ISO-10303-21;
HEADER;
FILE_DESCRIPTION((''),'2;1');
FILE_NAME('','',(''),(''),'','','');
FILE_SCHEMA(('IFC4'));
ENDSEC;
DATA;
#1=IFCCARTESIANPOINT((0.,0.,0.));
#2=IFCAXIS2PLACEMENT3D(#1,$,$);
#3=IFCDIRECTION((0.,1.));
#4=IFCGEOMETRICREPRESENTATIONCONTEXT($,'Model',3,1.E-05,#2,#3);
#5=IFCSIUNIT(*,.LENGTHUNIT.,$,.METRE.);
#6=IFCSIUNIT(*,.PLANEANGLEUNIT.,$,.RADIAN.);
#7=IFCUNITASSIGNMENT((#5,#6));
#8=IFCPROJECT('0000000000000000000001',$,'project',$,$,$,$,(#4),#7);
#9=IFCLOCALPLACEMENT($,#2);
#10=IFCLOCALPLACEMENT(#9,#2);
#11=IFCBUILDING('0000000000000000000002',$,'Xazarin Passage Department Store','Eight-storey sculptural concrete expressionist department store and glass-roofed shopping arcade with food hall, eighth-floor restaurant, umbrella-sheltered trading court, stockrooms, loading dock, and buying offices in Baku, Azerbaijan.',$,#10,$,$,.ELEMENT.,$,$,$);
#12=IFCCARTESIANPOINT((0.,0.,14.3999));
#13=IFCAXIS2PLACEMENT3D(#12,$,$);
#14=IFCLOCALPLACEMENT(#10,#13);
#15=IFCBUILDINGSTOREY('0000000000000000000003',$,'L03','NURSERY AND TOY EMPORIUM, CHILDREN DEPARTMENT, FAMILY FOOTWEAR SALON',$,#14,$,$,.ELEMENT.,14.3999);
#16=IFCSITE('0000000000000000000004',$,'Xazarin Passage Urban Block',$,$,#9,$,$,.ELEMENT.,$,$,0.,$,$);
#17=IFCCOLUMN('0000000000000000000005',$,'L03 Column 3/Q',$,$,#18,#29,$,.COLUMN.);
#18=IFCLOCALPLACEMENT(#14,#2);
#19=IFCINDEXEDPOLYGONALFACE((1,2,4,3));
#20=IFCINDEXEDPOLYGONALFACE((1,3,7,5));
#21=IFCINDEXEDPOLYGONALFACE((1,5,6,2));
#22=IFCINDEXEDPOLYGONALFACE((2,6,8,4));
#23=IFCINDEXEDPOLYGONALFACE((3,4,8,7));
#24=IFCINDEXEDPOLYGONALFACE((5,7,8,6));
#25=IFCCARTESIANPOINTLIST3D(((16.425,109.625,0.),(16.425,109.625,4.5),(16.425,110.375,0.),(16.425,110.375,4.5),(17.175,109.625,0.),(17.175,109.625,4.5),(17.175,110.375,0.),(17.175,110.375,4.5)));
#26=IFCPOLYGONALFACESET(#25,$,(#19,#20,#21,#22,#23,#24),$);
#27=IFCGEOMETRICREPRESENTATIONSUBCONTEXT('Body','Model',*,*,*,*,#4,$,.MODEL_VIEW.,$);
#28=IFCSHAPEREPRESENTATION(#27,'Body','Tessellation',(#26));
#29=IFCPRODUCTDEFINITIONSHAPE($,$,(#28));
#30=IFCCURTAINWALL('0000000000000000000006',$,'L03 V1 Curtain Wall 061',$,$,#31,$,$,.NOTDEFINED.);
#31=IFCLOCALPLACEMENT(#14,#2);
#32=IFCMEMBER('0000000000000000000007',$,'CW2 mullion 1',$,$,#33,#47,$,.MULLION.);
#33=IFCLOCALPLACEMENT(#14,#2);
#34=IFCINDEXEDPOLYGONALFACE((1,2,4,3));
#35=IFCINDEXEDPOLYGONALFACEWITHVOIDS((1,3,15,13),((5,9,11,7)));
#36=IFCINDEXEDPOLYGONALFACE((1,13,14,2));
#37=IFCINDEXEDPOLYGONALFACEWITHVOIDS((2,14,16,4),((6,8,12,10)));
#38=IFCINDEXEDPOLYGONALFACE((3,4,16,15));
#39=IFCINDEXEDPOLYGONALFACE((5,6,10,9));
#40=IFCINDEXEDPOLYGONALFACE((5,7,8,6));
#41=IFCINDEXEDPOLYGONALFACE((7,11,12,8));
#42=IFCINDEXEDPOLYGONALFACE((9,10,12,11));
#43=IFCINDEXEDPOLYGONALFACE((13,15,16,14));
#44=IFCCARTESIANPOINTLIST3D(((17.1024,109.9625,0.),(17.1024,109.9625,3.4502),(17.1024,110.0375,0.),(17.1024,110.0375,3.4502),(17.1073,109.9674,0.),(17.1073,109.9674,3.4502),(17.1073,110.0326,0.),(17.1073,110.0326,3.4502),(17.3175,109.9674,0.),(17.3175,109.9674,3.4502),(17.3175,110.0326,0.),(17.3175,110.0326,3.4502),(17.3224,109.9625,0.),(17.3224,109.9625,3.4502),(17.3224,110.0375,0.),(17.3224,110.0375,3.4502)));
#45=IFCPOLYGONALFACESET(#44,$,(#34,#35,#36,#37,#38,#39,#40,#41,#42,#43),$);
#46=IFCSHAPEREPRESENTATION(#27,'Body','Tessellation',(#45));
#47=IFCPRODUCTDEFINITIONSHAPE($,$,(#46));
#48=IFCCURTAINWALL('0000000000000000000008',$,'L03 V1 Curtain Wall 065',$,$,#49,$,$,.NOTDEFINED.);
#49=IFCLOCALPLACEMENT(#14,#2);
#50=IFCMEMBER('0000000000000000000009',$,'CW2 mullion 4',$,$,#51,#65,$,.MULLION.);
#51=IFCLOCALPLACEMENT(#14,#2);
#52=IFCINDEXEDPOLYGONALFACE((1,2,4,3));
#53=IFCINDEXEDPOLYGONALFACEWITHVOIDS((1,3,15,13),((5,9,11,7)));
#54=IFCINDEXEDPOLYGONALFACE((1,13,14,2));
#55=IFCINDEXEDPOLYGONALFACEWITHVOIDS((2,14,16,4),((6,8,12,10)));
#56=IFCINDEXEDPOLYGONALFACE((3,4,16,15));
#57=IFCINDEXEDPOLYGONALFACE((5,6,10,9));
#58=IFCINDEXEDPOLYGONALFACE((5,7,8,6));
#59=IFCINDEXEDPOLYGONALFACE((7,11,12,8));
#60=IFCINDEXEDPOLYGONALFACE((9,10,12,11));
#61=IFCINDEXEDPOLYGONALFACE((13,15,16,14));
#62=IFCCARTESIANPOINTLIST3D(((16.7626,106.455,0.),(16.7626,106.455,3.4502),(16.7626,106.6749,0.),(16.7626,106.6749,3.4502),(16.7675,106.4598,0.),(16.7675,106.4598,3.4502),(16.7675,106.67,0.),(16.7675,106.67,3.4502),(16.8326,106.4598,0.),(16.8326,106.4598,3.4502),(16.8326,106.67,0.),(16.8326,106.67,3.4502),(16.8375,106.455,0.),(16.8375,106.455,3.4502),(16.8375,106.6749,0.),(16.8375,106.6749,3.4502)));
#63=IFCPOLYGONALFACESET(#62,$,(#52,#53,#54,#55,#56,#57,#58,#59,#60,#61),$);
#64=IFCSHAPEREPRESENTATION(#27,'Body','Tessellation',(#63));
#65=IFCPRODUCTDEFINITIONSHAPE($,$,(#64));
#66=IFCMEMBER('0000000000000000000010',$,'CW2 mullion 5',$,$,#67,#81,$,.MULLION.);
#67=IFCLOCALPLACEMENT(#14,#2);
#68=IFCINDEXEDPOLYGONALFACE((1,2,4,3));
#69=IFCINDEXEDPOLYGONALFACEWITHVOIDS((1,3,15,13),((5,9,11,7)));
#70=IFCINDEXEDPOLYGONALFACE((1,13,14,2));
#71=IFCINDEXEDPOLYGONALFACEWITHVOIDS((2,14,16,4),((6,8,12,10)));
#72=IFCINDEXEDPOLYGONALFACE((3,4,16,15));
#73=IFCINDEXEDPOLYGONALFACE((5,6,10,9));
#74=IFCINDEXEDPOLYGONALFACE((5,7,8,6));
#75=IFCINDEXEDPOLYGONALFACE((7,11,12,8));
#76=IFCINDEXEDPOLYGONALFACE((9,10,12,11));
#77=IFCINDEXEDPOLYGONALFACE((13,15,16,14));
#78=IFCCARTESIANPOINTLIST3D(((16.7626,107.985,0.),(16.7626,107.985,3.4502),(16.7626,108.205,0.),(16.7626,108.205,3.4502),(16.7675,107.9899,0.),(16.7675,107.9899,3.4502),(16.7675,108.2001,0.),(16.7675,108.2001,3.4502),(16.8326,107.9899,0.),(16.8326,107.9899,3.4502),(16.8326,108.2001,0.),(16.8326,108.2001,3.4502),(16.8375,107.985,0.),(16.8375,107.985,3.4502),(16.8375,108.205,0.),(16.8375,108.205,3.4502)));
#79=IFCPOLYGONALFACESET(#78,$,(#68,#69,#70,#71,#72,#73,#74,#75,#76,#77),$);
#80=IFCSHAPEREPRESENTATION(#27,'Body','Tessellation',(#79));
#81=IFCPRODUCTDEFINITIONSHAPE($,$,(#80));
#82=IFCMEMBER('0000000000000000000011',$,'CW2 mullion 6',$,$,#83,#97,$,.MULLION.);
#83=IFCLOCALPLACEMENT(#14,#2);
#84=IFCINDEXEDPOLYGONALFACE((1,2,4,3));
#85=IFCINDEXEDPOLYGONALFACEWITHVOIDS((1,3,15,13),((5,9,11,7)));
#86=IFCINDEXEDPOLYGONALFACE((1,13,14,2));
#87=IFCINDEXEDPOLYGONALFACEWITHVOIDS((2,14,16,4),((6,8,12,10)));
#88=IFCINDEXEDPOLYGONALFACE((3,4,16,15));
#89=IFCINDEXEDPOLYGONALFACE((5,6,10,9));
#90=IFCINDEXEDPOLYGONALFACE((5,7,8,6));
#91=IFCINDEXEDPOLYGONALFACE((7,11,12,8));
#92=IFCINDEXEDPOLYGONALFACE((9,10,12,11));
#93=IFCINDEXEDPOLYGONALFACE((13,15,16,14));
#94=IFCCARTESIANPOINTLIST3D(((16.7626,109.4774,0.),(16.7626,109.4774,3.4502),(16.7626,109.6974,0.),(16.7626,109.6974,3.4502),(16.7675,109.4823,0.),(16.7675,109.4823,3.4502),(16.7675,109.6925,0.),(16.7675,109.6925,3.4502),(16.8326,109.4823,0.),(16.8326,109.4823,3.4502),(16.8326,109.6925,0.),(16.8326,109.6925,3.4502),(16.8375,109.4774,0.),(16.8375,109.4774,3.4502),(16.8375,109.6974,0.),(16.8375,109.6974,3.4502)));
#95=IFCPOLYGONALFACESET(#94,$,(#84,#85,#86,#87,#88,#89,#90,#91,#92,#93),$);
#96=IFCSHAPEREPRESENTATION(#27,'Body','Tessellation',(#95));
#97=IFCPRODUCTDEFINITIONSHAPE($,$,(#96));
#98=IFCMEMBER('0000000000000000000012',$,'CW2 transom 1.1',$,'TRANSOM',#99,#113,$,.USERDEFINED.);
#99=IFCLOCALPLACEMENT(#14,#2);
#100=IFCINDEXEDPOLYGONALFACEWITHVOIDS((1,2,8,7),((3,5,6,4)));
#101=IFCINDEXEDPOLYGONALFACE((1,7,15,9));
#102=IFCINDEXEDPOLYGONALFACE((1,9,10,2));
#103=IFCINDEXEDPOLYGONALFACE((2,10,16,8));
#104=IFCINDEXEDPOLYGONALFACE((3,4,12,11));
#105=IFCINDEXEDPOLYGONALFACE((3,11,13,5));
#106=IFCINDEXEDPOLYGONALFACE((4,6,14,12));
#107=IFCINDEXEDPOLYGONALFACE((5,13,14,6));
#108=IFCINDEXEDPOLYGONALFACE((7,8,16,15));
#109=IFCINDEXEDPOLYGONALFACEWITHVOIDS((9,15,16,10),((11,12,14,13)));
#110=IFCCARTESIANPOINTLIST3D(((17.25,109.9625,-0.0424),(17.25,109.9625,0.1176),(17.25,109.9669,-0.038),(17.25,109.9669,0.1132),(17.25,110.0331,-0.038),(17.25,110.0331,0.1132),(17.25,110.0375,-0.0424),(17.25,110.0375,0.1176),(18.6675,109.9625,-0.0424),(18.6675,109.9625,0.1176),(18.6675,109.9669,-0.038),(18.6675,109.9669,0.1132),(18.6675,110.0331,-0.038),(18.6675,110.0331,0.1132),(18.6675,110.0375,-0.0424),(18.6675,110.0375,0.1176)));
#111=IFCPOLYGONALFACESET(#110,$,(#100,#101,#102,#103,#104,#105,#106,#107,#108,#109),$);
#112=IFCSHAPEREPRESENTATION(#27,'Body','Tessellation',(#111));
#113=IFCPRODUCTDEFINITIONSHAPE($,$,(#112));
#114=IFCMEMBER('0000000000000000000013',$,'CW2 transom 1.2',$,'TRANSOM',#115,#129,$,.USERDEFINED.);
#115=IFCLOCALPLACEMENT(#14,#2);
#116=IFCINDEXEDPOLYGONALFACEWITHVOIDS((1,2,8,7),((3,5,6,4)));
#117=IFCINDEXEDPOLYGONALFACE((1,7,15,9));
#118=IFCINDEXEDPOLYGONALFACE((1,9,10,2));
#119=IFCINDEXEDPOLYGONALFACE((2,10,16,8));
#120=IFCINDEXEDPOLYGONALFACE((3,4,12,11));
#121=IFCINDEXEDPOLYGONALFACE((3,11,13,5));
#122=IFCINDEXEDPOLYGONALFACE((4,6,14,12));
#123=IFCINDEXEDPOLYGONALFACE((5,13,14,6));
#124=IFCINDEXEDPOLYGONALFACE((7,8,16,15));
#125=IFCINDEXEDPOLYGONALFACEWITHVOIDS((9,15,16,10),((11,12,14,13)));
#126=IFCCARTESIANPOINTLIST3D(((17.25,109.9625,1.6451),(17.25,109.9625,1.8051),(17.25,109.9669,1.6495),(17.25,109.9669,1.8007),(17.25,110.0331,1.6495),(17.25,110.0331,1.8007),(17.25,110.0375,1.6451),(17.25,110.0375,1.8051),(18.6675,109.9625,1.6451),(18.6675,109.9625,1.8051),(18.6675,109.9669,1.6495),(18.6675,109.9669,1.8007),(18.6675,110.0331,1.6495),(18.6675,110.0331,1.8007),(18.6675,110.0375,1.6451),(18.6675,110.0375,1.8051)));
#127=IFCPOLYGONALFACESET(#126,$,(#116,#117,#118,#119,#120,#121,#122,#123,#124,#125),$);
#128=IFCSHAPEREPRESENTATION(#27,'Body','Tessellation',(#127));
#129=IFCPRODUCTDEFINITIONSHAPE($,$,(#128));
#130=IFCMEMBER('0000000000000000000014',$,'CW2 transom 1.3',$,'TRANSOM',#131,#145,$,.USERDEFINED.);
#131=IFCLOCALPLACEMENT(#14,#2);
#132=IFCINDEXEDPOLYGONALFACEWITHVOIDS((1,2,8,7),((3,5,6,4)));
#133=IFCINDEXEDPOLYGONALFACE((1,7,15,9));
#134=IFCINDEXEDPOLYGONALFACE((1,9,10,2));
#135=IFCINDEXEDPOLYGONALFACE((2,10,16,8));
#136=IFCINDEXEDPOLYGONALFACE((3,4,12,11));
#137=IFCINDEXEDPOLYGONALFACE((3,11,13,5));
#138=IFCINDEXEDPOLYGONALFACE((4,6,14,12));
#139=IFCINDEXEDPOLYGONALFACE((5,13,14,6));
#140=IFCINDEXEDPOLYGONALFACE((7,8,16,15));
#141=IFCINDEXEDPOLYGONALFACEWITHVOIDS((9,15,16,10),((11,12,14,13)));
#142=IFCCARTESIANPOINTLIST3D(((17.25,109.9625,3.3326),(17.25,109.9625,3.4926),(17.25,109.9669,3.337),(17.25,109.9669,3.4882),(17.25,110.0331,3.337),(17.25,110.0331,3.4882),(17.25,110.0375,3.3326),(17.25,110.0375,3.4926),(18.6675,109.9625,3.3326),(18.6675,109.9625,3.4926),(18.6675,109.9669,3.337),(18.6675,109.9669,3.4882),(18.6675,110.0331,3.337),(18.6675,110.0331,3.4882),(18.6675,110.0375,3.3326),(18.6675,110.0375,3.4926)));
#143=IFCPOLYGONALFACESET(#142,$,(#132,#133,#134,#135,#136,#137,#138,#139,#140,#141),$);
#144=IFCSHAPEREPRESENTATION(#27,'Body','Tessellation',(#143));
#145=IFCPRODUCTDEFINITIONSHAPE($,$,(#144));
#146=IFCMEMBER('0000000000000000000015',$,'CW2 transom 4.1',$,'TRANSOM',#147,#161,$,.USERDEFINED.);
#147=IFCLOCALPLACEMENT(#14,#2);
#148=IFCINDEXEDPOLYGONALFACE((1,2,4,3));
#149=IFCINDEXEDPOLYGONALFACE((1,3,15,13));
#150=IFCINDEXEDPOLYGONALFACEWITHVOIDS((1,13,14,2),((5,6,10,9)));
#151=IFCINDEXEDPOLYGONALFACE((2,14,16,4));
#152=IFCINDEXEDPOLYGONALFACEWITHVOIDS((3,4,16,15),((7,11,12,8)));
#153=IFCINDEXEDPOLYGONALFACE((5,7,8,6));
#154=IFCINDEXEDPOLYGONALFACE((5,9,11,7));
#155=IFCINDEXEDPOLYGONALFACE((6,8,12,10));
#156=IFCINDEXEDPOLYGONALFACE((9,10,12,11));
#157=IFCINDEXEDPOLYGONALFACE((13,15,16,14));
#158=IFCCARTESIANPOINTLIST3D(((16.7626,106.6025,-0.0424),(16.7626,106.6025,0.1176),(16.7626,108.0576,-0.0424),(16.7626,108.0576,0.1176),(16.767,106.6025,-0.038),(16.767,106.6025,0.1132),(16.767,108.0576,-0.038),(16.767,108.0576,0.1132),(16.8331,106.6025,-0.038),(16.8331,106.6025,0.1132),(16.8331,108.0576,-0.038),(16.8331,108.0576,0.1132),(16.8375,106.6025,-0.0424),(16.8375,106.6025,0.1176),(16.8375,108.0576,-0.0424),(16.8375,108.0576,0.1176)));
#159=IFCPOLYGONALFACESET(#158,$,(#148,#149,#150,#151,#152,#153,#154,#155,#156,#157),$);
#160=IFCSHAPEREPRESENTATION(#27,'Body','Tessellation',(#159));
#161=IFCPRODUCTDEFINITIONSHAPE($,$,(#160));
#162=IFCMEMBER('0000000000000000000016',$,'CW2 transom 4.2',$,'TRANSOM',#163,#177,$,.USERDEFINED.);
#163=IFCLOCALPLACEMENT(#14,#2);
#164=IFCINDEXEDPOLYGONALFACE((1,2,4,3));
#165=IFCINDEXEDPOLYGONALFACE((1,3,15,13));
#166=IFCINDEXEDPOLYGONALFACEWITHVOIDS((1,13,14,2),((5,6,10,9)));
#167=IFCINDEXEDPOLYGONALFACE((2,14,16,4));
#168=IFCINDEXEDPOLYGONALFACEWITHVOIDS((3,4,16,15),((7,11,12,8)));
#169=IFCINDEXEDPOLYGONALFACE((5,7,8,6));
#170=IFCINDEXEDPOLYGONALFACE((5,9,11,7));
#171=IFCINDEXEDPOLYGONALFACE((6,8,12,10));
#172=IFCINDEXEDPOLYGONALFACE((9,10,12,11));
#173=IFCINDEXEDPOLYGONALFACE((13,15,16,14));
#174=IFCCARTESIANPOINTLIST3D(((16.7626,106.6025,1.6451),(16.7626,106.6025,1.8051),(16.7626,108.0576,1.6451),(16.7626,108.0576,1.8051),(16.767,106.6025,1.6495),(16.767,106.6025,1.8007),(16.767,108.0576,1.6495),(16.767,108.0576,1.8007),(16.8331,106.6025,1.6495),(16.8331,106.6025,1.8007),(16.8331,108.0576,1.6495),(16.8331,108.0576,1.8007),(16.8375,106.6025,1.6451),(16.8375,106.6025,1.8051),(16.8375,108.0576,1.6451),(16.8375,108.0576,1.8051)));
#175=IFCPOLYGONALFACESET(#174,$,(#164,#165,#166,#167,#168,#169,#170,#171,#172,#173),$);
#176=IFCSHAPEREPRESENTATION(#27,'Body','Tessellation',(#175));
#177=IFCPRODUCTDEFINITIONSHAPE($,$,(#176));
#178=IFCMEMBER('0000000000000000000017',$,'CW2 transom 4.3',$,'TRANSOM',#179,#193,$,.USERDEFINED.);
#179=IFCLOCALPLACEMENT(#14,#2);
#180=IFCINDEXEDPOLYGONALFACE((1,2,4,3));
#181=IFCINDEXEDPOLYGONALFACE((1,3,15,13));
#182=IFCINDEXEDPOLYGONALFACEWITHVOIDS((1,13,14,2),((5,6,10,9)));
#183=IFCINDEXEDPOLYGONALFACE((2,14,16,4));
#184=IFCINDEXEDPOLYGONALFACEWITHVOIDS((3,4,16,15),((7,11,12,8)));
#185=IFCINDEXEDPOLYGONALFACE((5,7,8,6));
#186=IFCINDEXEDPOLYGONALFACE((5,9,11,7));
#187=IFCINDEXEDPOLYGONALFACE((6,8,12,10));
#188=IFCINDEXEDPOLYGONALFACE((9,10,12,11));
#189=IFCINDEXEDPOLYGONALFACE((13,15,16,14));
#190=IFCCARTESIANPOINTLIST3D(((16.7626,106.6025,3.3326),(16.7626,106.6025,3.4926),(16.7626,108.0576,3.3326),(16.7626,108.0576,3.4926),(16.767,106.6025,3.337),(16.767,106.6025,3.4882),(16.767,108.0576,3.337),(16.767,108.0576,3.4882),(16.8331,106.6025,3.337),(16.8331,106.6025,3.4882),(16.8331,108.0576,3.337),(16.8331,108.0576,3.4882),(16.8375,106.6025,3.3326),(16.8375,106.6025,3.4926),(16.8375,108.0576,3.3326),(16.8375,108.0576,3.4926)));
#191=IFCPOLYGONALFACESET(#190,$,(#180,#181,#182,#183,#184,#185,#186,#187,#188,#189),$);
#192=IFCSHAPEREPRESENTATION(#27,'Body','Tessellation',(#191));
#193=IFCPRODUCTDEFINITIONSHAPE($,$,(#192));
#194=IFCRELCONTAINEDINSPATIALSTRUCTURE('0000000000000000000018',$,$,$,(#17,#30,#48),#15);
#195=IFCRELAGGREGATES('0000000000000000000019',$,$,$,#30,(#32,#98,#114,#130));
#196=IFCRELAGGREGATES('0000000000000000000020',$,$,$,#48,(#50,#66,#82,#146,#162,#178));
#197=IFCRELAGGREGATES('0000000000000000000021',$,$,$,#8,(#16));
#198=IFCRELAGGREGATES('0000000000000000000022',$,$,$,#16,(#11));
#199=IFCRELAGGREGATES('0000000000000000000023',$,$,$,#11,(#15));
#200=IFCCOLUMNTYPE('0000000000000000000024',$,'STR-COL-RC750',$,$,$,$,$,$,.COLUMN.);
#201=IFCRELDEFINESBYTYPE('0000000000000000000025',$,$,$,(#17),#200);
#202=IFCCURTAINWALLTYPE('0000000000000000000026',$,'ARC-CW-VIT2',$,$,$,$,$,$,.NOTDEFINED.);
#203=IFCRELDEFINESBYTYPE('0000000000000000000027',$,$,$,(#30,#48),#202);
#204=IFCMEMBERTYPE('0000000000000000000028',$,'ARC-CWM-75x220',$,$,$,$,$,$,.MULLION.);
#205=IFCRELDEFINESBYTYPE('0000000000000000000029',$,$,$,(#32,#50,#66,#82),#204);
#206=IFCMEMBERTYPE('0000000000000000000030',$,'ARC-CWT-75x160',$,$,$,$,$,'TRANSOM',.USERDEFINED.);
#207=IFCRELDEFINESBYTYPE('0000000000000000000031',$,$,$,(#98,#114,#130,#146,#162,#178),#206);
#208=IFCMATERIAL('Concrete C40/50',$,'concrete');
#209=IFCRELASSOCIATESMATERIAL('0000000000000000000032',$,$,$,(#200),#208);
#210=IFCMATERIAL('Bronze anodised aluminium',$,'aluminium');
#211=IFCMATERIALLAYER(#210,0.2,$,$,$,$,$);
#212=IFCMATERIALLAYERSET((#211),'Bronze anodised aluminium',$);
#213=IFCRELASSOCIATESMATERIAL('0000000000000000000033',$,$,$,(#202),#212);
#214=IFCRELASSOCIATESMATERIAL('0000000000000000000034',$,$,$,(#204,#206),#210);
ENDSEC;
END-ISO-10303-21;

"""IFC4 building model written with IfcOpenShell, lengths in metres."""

from ifc_helpers import new_model, si_unit, direction, frame, origin, origin_2d, place, context, subcontext, project, spatial, rectangle, hollow_rectangle, extrude, material, layer, layer_set, material_profile, profile_set, type_object, element, aggregate, save


model = new_model("IFC4")

# Units and contexts
model_context = context("Model", 3, precision=1e-05, world=origin(), true_north=direction((0.0, 1.0)))
body_context = subcontext(model_context, "Body", "Model", "MODEL_VIEW")
ifc_project = project(units=[si_unit("LENGTHUNIT", "METRE"), si_unit("PLANEANGLEUNIT", "RADIAN")], contexts=[model_context])

# Site, building, storey
site_placement = place(None, origin())
site = spatial("IfcSite", under=ifc_project, at=site_placement, Name="Xazarin Passage Urban Block", CompositionType="ELEMENT", RefElevation=0.0)
building_placement = place(site_placement, origin())
building = spatial("IfcBuilding", under=site, at=building_placement, Name="Xazarin Passage Department Store", Description="Eight-storey sculptural concrete expressionist department store and glass-roofed shopping arcade with food hall, eighth-floor restaurant, umbrella-sheltered trading court, stockrooms, loading dock, and buying offices in Baku, Azerbaijan.", CompositionType="ELEMENT")
storey_placement = place(building_placement, frame((0.0, 0.0, 14.3999)))
storey = spatial("IfcBuildingStorey", under=building, at=storey_placement, Name="L03", Description="NURSERY AND TOY EMPORIUM, CHILDREN DEPARTMENT, FAMILY FOOTWEAR SALON", CompositionType="ELEMENT", Elevation=14.3999)

# Column
ifc_material_1 = material(Name="Concrete C40/50", Category="concrete")
ifc_material_profile_1 = material_profile(ifc_material_1, rectangle(XDim=0.75, YDim=0.75, at=origin_2d()), Name="RC 750x750")
ifc_profile_set_1 = profile_set([ifc_material_profile_1], Name="Concrete C40/50")
column_type = type_object("IfcColumnType", Name="STR-COL-RC750", PredefinedType="COLUMN", material=ifc_profile_set_1)
column_placement = place(storey_placement, frame((16.8, 110.0, 0.0), z_axis=(0.0, 0.0, 1.0), x_axis=(1.0, 0.0, 0.0)))
element("IfcColumn", 1, at=column_placement, inside=storey, type_object=column_type, Name="L03 Column 3/Q", PredefinedType="COLUMN", context=body_context, shape_type="SweptSolid", body=[
    extrude(rectangle(XDim=0.75, YDim=0.75, at=origin_2d()), origin(), (0.0, 0.0, 1.0), 4.5),
])

# Curtain wall, member
ifc_material_2 = material(Name="Bronze anodised aluminium", Category="aluminium")
ifc_layer_1 = layer(ifc_material_2, 0.2)
ifc_layer_set_1 = layer_set([ifc_layer_1], Name="Bronze anodised aluminium")
curtain_wall_type = type_object("IfcCurtainWallType", Name="ARC-CW-VIT2", PredefinedType="NOTDEFINED", material=ifc_layer_set_1)
curtain_wall_1_placement = place(storey_placement, origin())
curtain_wall_1 = element("IfcCurtainWall", 2, at=curtain_wall_1_placement, inside=storey, type_object=curtain_wall_type, Name="L03 V1 Curtain Wall 061", PredefinedType="NOTDEFINED")
ifc_material_profile_2 = material_profile(ifc_material_2, hollow_rectangle(XDim=0.075, YDim=0.22, WallThickness=0.0049, at=origin_2d()), Name="ALU 75x220")
ifc_profile_set_2 = profile_set([ifc_material_profile_2], Name="Bronze anodised aluminium")
member_type_1 = type_object("IfcMemberType", Name="ARC-CWM-75x220", PredefinedType="MULLION", material=ifc_profile_set_2)
member_1_placement = place(storey_placement, frame((17.2124, 110.0, 0.0), z_axis=(0.0, 0.0, 1.0), x_axis=(0.0, 1.0, 0.0)))
member_1 = element("IfcMember", 3, at=member_1_placement, type_object=member_type_1, Name="CW2 mullion 1", PredefinedType="MULLION", context=body_context, shape_type="SweptSolid", body=[
    extrude(hollow_rectangle(XDim=0.075, YDim=0.22, WallThickness=0.0049, at=origin_2d()), origin(), (0.0, 0.0, 1.0), 3.4502),
])

# Curtain wall, members
curtain_wall_2_placement = place(storey_placement, origin())
curtain_wall_2 = element("IfcCurtainWall", 4, at=curtain_wall_2_placement, inside=storey, type_object=curtain_wall_type, Name="L03 V1 Curtain Wall 065", PredefinedType="NOTDEFINED")
member_2_placement = place(storey_placement, frame((16.8, 106.5649, 0.0), z_axis=(0.0, 0.0, 1.0), x_axis=(-1.0, 0.0, 0.0)))
member_2 = element("IfcMember", 5, at=member_2_placement, type_object=member_type_1, Name="CW2 mullion 4", PredefinedType="MULLION", context=body_context, shape_type="SweptSolid", body=[
    extrude(hollow_rectangle(XDim=0.075, YDim=0.22, WallThickness=0.0049, at=origin_2d()), origin(), (0.0, 0.0, 1.0), 3.4502),
])
member_3_placement = place(storey_placement, frame((16.8, 108.095, 0.0), z_axis=(0.0, 0.0, 1.0), x_axis=(-1.0, 0.0, 0.0)))
member_3 = element("IfcMember", 6, at=member_3_placement, type_object=member_type_1, Name="CW2 mullion 5", PredefinedType="MULLION", context=body_context, shape_type="SweptSolid", body=[
    extrude(hollow_rectangle(XDim=0.075, YDim=0.22, WallThickness=0.0049, at=origin_2d()), origin(), (0.0, 0.0, 1.0), 3.4502),
])
member_4_placement = place(storey_placement, frame((16.8, 109.5874, 0.0), z_axis=(0.0, 0.0, 1.0), x_axis=(-1.0, 0.0, 0.0)))
member_4 = element("IfcMember", 7, at=member_4_placement, type_object=member_type_1, Name="CW2 mullion 6", PredefinedType="MULLION", context=body_context, shape_type="SweptSolid", body=[
    extrude(hollow_rectangle(XDim=0.075, YDim=0.22, WallThickness=0.0049, at=origin_2d()), origin(), (0.0, 0.0, 1.0), 3.4502),
])

# Members
ifc_material_profile_3 = material_profile(ifc_material_2, hollow_rectangle(XDim=0.075, YDim=0.1599, WallThickness=0.0044, at=origin_2d()), Name="ALU 75x160")
ifc_profile_set_3 = profile_set([ifc_material_profile_3], Name="Bronze anodised aluminium")
member_type_2 = type_object("IfcMemberType", Name="ARC-CWT-75x160", ElementType="TRANSOM", PredefinedType="USERDEFINED", material=ifc_profile_set_3)
member_5_placement = place(storey_placement, frame((17.25, 110.0, 0.0376), z_axis=(1.0, 0.0, 0.0), x_axis=(0.0, 1.0, 0.0)))
member_5 = element("IfcMember", 8, at=member_5_placement, type_object=member_type_2, Name="CW2 transom 1.1", ObjectType="TRANSOM", PredefinedType="USERDEFINED", context=body_context, shape_type="SweptSolid", body=[
    extrude(hollow_rectangle(XDim=0.075, YDim=0.1599, WallThickness=0.0044, at=origin_2d()), origin(), (0.0, 0.0, 1.0), 1.4175),
])
member_6_placement = place(storey_placement, frame((17.25, 110.0, 1.7251), z_axis=(1.0, 0.0, 0.0), x_axis=(0.0, 1.0, 0.0)))
member_6 = element("IfcMember", 9, at=member_6_placement, type_object=member_type_2, Name="CW2 transom 1.2", ObjectType="TRANSOM", PredefinedType="USERDEFINED", context=body_context, shape_type="SweptSolid", body=[
    extrude(hollow_rectangle(XDim=0.075, YDim=0.1599, WallThickness=0.0044, at=origin_2d()), origin(), (0.0, 0.0, 1.0), 1.4175),
])
member_7_placement = place(storey_placement, frame((17.25, 110.0, 3.4126), z_axis=(1.0, 0.0, 0.0), x_axis=(0.0, 1.0, 0.0)))
member_7 = element("IfcMember", 10, at=member_7_placement, type_object=member_type_2, Name="CW2 transom 1.3", ObjectType="TRANSOM", PredefinedType="USERDEFINED", context=body_context, shape_type="SweptSolid", body=[
    extrude(hollow_rectangle(XDim=0.075, YDim=0.1599, WallThickness=0.0044, at=origin_2d()), origin(), (0.0, 0.0, 1.0), 1.4175),
])
member_8_placement = place(storey_placement, frame((16.8, 106.6025, 0.0376), z_axis=(0.0, 1.0, 0.0), x_axis=(-1.0, 0.0, 0.0)))
member_8 = element("IfcMember", 11, at=member_8_placement, type_object=member_type_2, Name="CW2 transom 4.1", ObjectType="TRANSOM", PredefinedType="USERDEFINED", context=body_context, shape_type="SweptSolid", body=[
    extrude(hollow_rectangle(XDim=0.075, YDim=0.1599, WallThickness=0.0044, at=origin_2d()), origin(), (0.0, 0.0, 1.0), 1.4551),
])
member_9_placement = place(storey_placement, frame((16.8, 106.6025, 1.7251), z_axis=(0.0, 1.0, 0.0), x_axis=(-1.0, 0.0, 0.0)))
member_9 = element("IfcMember", 12, at=member_9_placement, type_object=member_type_2, Name="CW2 transom 4.2", ObjectType="TRANSOM", PredefinedType="USERDEFINED", context=body_context, shape_type="SweptSolid", body=[
    extrude(hollow_rectangle(XDim=0.075, YDim=0.1599, WallThickness=0.0044, at=origin_2d()), origin(), (0.0, 0.0, 1.0), 1.4551),
])
member_10_placement = place(storey_placement, frame((16.8, 106.6025, 3.4126), z_axis=(0.0, 1.0, 0.0), x_axis=(-1.0, 0.0, 0.0)))
member_10 = element("IfcMember", 13, at=member_10_placement, type_object=member_type_2, Name="CW2 transom 4.3", ObjectType="TRANSOM", PredefinedType="USERDEFINED", context=body_context, shape_type="SweptSolid", body=[
    extrude(hollow_rectangle(XDim=0.075, YDim=0.1599, WallThickness=0.0044, at=origin_2d()), origin(), (0.0, 0.0, 1.0), 1.4551),
])

aggregate(curtain_wall_1, [member_1, member_5, member_6, member_7])
aggregate(curtain_wall_2, [member_2, member_3, member_4, member_8, member_9, member_10])

save(model, "model.ifc")
